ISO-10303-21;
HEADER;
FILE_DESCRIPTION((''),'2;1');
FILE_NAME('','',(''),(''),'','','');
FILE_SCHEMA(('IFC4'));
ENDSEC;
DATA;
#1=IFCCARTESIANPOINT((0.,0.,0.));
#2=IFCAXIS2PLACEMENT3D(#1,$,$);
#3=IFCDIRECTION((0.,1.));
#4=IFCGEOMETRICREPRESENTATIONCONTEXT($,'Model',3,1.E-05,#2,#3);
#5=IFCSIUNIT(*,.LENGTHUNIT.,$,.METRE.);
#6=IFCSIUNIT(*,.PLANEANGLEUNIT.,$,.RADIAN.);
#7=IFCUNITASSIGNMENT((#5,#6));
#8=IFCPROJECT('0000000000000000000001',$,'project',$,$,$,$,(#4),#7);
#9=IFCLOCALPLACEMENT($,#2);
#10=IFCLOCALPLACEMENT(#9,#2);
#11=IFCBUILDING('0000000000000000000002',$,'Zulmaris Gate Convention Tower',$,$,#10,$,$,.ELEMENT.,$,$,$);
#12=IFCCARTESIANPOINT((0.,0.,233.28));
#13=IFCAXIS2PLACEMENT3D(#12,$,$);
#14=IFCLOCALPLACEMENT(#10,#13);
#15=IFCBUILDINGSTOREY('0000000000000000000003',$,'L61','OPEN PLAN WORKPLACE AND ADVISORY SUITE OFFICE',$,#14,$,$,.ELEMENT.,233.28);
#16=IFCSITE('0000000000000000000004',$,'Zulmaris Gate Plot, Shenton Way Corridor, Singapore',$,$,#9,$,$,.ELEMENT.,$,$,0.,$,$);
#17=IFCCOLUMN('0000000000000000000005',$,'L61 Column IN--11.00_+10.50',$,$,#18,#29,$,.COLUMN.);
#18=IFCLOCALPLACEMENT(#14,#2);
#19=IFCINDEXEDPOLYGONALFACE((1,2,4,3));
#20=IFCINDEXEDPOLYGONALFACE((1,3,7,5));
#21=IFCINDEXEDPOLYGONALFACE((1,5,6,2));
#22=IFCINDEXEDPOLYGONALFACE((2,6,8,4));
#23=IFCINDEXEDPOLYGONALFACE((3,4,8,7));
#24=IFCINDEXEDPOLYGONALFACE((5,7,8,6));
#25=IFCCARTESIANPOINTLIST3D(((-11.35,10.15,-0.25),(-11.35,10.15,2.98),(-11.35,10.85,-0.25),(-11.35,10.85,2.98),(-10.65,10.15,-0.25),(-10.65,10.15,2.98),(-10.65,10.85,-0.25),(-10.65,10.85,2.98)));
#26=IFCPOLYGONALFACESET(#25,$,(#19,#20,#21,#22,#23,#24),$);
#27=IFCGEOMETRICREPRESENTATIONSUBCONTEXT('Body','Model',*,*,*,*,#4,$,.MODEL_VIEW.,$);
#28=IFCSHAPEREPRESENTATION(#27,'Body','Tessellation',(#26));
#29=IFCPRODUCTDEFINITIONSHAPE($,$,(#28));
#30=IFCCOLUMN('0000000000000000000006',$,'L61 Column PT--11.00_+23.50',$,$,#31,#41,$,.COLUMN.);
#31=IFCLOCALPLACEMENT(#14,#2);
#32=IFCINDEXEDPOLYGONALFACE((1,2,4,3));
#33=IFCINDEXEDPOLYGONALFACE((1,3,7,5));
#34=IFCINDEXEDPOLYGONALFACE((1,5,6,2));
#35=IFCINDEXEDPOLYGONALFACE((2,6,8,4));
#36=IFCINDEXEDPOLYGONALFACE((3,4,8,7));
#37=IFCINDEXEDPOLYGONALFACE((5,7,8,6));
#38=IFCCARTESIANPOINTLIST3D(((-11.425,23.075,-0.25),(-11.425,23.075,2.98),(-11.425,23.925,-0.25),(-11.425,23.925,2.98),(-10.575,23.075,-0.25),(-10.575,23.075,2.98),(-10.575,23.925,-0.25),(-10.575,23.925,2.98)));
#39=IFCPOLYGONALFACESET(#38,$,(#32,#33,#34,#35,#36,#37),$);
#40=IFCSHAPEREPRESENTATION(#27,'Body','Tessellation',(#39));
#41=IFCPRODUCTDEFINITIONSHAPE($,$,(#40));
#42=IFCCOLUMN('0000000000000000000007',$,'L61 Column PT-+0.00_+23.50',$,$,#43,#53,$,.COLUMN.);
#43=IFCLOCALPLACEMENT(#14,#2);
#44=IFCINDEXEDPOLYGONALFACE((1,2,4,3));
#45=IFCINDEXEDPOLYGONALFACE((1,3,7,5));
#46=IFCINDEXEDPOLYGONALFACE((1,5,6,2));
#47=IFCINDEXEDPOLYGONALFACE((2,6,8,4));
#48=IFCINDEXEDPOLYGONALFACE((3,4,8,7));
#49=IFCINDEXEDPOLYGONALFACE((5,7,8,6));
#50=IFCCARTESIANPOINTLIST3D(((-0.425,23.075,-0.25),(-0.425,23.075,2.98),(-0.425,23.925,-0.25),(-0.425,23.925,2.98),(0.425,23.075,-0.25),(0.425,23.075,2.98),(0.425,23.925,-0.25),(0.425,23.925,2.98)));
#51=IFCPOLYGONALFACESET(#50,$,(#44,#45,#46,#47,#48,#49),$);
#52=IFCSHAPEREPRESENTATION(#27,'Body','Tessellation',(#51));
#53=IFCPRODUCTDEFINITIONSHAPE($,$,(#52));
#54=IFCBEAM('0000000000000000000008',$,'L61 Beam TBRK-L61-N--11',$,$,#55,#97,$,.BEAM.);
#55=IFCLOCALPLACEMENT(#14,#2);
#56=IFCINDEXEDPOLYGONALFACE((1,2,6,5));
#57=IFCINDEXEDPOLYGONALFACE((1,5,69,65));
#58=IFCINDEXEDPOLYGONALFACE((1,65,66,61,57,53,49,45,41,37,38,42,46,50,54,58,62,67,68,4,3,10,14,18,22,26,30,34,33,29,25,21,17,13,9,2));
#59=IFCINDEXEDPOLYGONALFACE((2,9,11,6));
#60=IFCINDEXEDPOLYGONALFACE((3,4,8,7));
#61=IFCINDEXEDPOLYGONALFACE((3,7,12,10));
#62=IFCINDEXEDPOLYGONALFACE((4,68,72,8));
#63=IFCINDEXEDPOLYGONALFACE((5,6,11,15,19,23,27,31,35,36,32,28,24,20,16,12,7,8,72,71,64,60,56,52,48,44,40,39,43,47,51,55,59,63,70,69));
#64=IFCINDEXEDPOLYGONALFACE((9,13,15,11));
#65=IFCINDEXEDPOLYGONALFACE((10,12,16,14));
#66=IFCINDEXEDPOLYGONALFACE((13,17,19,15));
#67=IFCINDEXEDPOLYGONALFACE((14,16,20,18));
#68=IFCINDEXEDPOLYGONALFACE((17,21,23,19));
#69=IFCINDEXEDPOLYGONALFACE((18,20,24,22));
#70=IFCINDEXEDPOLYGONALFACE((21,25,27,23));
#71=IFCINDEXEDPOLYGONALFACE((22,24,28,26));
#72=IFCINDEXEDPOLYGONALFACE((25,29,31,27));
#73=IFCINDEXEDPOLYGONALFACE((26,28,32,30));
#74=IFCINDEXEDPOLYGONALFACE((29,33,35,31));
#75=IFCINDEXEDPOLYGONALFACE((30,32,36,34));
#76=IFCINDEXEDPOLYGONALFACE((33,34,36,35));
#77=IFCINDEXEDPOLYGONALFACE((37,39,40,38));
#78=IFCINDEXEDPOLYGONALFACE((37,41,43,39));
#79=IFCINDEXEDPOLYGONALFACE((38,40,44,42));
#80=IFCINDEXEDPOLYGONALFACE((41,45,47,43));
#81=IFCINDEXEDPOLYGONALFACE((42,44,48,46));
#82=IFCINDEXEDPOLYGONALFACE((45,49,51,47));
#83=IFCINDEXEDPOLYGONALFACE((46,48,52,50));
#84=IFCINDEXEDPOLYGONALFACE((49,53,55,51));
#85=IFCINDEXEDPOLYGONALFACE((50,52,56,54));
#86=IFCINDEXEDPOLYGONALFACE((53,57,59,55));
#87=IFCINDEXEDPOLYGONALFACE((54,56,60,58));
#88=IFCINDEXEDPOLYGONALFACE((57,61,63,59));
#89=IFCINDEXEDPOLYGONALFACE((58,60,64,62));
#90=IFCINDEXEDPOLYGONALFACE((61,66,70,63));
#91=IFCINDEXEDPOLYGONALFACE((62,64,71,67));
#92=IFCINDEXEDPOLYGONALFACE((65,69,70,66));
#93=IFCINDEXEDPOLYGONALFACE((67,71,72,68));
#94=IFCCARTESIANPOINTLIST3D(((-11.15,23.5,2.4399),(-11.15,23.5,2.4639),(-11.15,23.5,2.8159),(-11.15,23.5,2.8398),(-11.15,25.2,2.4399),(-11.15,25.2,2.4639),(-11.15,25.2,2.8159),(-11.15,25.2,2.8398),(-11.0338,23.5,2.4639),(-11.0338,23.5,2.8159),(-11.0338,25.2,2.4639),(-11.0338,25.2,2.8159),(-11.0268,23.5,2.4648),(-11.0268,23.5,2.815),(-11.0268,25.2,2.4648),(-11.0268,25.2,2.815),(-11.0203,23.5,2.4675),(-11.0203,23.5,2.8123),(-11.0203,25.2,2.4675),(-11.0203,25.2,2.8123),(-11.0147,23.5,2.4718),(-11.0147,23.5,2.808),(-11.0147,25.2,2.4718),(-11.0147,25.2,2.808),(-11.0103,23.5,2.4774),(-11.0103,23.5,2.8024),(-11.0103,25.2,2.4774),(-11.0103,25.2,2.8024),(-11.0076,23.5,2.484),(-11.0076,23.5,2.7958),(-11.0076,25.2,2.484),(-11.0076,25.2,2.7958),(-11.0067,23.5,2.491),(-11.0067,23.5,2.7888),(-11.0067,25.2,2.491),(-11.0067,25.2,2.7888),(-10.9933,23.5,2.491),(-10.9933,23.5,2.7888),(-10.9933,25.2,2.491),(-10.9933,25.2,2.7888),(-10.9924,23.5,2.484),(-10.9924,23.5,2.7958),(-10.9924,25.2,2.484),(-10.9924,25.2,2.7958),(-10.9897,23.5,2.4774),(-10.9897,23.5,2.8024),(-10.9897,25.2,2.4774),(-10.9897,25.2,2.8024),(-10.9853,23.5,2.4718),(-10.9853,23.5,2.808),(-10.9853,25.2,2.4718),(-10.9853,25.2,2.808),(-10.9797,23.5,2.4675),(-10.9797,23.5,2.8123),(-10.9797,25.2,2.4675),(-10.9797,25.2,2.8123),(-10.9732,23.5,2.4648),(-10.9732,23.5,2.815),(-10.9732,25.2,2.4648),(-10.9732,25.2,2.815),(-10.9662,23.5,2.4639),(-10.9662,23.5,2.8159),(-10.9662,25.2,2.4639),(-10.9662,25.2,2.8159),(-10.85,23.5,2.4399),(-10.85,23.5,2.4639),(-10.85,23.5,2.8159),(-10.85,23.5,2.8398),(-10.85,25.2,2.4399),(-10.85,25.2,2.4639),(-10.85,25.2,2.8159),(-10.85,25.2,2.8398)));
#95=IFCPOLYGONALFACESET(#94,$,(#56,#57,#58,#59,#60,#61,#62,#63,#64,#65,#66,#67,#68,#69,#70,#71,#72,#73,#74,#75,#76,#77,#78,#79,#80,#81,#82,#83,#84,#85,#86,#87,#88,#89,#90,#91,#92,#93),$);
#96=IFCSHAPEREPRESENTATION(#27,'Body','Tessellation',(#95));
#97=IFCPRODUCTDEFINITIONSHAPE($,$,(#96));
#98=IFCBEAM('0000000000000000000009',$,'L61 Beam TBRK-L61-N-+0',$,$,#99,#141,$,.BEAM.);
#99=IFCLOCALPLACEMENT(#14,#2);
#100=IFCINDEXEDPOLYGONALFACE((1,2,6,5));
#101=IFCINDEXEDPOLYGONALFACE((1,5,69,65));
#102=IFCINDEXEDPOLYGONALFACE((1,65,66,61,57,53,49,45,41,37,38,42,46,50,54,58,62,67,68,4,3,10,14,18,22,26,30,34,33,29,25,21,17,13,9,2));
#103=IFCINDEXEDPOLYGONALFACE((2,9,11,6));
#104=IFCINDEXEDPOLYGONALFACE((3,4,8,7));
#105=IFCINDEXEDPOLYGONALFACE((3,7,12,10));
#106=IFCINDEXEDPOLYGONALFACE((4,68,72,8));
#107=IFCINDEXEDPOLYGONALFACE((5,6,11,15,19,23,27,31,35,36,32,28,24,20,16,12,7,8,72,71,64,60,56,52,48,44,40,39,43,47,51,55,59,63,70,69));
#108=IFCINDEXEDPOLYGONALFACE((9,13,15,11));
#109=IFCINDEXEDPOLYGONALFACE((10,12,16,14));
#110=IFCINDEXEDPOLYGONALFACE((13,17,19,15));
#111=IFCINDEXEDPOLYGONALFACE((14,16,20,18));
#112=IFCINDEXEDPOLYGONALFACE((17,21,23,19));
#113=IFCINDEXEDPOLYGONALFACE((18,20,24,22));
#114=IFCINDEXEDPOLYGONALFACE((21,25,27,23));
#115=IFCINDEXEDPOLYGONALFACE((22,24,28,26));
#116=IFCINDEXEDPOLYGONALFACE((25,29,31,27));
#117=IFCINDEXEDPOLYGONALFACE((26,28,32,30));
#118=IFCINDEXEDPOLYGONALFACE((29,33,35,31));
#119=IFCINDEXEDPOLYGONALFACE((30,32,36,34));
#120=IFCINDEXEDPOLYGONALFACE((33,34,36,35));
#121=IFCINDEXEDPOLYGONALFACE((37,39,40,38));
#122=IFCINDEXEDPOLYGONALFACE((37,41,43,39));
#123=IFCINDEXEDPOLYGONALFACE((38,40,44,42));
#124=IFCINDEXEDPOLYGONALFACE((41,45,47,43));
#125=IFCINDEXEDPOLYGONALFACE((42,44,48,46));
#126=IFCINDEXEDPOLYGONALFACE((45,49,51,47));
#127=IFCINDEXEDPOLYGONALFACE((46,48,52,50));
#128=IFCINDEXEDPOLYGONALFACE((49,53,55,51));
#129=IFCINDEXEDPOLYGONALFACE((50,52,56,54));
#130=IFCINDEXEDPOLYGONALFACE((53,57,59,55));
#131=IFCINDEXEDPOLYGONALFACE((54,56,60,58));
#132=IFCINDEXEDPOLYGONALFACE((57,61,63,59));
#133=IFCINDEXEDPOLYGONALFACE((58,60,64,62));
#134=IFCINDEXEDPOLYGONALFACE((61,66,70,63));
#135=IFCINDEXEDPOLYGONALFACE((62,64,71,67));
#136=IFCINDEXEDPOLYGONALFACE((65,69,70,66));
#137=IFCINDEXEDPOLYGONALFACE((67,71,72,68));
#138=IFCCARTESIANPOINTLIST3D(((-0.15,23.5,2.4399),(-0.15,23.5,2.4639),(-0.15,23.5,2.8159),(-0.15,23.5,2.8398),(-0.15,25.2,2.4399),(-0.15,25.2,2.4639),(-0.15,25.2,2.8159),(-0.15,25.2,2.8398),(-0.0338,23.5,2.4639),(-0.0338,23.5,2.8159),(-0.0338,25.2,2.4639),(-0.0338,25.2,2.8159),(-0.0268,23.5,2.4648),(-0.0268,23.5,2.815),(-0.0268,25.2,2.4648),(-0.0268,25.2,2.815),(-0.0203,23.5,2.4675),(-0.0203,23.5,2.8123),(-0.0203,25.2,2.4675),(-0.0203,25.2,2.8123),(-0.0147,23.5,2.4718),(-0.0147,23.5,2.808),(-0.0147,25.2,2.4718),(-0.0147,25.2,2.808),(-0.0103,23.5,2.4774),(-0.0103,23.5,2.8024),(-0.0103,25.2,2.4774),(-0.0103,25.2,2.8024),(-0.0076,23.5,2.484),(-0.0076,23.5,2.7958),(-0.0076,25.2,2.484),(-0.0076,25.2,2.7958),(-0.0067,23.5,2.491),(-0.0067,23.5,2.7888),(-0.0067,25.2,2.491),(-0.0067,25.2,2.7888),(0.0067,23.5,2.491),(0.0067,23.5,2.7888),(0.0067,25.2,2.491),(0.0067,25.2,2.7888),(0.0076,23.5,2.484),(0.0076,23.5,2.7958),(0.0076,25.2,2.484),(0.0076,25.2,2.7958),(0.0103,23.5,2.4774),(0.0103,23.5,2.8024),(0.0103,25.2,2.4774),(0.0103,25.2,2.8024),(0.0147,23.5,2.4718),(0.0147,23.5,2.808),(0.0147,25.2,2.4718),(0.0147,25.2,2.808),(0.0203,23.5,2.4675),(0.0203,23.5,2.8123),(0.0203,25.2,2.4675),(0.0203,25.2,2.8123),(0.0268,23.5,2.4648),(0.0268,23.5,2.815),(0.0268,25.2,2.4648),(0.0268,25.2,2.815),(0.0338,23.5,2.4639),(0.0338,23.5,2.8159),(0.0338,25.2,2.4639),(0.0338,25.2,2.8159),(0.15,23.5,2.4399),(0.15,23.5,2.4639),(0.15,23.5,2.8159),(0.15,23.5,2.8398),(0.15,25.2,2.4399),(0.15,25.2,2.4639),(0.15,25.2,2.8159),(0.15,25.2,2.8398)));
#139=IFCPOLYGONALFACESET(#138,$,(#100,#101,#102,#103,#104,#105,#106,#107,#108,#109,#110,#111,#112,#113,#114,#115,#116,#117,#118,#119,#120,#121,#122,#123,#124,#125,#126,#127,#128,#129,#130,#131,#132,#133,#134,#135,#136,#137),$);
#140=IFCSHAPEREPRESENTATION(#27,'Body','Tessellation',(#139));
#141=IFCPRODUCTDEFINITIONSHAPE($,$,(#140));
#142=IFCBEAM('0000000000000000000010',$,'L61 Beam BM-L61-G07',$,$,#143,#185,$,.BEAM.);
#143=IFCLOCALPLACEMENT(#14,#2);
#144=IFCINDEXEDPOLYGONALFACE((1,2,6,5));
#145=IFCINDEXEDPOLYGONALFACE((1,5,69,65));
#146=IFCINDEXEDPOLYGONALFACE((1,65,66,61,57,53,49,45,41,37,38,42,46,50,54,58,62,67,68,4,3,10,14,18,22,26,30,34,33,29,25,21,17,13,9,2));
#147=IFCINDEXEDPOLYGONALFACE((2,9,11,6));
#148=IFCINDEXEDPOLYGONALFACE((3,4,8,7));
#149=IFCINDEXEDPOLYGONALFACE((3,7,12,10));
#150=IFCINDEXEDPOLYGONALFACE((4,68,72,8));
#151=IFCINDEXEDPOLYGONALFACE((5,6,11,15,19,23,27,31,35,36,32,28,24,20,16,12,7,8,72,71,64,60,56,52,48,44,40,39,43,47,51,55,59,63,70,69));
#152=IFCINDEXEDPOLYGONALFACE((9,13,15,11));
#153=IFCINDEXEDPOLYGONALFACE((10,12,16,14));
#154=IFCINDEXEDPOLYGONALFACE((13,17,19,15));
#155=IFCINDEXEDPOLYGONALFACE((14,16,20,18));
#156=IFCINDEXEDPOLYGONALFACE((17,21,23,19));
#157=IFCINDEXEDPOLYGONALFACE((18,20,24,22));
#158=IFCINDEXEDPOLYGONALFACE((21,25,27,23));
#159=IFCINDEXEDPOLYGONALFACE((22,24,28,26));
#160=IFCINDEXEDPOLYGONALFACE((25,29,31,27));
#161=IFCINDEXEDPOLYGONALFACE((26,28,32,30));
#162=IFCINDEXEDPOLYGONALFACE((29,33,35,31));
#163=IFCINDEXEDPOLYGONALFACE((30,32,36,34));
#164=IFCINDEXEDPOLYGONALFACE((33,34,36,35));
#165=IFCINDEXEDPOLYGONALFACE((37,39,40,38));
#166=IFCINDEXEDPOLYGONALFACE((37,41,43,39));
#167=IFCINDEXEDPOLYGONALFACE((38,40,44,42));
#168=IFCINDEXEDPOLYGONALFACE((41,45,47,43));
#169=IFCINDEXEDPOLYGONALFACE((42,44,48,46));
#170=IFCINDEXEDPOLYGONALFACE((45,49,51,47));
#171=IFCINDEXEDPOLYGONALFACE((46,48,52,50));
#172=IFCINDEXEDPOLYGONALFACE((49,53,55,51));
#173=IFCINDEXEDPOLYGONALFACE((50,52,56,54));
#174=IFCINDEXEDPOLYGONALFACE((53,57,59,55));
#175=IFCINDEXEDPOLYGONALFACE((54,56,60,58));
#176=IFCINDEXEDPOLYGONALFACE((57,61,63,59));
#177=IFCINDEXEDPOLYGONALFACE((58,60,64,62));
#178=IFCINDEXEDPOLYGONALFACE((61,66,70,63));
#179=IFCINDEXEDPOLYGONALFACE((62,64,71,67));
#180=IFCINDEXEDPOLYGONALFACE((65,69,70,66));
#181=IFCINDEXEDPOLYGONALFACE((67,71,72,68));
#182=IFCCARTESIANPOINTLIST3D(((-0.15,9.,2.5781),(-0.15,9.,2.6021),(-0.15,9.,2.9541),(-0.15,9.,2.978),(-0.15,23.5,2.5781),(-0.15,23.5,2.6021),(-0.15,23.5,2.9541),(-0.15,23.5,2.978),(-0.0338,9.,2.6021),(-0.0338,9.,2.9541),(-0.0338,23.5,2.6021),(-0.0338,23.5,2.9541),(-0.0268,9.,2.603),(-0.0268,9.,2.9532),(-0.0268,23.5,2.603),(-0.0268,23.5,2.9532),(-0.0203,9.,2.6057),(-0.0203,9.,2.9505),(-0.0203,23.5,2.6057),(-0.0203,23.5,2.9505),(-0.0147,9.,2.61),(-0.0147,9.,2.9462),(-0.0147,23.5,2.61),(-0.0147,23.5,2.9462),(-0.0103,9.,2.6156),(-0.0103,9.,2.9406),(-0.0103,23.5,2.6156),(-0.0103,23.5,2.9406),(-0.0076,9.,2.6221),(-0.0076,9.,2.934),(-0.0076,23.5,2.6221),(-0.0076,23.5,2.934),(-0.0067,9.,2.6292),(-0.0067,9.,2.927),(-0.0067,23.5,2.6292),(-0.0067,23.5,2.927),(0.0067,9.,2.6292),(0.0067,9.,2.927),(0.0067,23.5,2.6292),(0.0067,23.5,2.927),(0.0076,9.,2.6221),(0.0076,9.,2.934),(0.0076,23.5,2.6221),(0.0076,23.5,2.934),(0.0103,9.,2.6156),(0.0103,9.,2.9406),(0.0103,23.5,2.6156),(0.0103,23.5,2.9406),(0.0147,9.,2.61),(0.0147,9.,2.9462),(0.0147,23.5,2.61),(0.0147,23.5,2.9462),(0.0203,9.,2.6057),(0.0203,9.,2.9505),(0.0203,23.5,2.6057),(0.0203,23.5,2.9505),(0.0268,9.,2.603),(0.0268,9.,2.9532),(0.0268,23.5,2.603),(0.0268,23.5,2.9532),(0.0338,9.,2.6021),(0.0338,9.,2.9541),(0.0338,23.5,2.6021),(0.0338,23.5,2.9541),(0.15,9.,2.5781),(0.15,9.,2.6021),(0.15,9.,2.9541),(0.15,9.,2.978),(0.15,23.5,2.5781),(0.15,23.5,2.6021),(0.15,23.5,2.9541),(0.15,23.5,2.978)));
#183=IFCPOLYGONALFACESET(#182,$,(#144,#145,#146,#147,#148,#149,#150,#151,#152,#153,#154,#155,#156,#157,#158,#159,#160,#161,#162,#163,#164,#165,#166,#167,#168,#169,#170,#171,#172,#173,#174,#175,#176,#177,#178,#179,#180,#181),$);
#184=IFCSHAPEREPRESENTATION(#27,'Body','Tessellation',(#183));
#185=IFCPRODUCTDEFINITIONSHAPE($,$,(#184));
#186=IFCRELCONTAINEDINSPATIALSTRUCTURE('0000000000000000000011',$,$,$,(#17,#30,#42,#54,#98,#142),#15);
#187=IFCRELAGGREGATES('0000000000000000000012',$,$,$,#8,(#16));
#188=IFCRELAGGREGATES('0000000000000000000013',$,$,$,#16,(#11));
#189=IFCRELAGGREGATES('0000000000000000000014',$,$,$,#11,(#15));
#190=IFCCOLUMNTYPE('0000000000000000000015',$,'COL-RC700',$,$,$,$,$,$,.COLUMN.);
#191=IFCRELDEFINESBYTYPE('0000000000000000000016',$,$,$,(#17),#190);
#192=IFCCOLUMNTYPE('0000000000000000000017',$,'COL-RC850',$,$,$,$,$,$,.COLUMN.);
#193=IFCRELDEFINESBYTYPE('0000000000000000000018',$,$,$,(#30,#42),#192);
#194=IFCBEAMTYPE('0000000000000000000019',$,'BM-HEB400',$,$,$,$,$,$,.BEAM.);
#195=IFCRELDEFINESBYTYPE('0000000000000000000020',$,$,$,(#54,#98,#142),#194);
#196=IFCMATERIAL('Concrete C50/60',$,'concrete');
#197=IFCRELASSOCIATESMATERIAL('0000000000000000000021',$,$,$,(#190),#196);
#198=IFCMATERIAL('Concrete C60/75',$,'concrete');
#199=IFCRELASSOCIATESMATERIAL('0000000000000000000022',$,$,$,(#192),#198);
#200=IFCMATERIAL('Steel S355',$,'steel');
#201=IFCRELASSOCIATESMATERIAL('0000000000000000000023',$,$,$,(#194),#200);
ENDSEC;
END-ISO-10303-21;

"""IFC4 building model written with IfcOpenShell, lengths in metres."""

from ifc_helpers import new_model, si_unit, direction, frame, origin, origin_2d, place, context, subcontext, project, spatial, rectangle, i_section, extrude, material, material_profile, profile_set, type_object, element, save


model = new_model("IFC4")

# Units and contexts
model_context = context("Model", 3, precision=1e-05, world=origin(), true_north=direction((0.0, 1.0)))
body_context = subcontext(model_context, "Body", "Model", "MODEL_VIEW")
ifc_project = project(units=[si_unit("LENGTHUNIT", "METRE"), si_unit("PLANEANGLEUNIT", "RADIAN")], contexts=[model_context])

# Site, building, storey
site_placement = place(None, origin())
site = spatial("IfcSite", under=ifc_project, at=site_placement, Name="Zulmaris Gate Plot, Shenton Way Corridor, Singapore", CompositionType="ELEMENT", RefElevation=0.0)
building_placement = place(site_placement, origin())
building = spatial("IfcBuilding", under=site, at=building_placement, Name="Zulmaris Gate Convention Tower", CompositionType="ELEMENT")
storey_placement = place(building_placement, frame((0.0, 0.0, 233.28)))
storey = spatial("IfcBuildingStorey", under=building, at=storey_placement, Name="L61", Description="OPEN PLAN WORKPLACE AND ADVISORY SUITE OFFICE", CompositionType="ELEMENT", Elevation=233.28)

# Columns
ifc_material_1 = material(Name="Concrete C50/60", Category="concrete")
ifc_material_profile_1 = material_profile(ifc_material_1, rectangle(XDim=0.7, YDim=0.7, at=origin_2d()), Name="RC COL 700x700")
ifc_profile_set_1 = profile_set([ifc_material_profile_1], Name="Concrete C50/60")
column_type_1 = type_object("IfcColumnType", Name="COL-RC700", PredefinedType="COLUMN", material=ifc_profile_set_1)
column_placement = place(storey_placement, frame((-11.0, 10.5, -0.25), z_axis=(0.0, 0.0, 1.0), x_axis=(1.0, 0.0, 0.0)))
element("IfcColumn", 1, at=column_placement, inside=storey, type_object=column_type_1, Name="L61 Column IN--11.00_+10.50", PredefinedType="COLUMN", context=body_context, shape_type="SweptSolid", body=[
    extrude(rectangle(XDim=0.7, YDim=0.7, at=origin_2d()), origin(), (0.0, 0.0, 1.0), 3.23),
])
ifc_material_2 = material(Name="Concrete C60/75", Category="concrete")
ifc_material_profile_2 = material_profile(ifc_material_2, rectangle(XDim=0.8501, YDim=0.8501, at=origin_2d()), Name="RC COL 850x850")
ifc_profile_set_2 = profile_set([ifc_material_profile_2], Name="Concrete C60/75")
column_type_2 = type_object("IfcColumnType", Name="COL-RC850", PredefinedType="COLUMN", material=ifc_profile_set_2)
for number, where, z_axis, x_axis, name in (
    (2, (-11.0, 23.5, -0.25), (0.0, 0.0, 1.0), (1.0, 0.0, 0.0), "L61 Column PT--11.00_+23.50"),
    (3, (0.0, 23.5, -0.25), (0.0, 0.0, 1.0), (1.0, 0.0, 0.0), "L61 Column PT-+0.00_+23.50"),
):
    element("IfcColumn", number, at=place(storey_placement, frame(where, z_axis=z_axis, x_axis=x_axis)), inside=storey, type_object=column_type_2, Name=name, PredefinedType="COLUMN", context=body_context, shape_type="SweptSolid", body=[
        extrude(rectangle(XDim=0.8501, YDim=0.8501, at=origin_2d()), origin(), (0.0, 0.0, 1.0), 3.23),
    ])

# Beams
ifc_material_3 = material(Name="Steel S355", Category="steel")
ifc_material_profile_3 = material_profile(ifc_material_3, i_section(OverallWidth=0.3, OverallDepth=0.3999, WebThickness=0.0134, FlangeThickness=0.0239, FilletRadius=0.0271, at=origin_2d()), Name="HEB 400")
ifc_profile_set_3 = profile_set([ifc_material_profile_3], Name="Steel S355")
beam_type_1 = type_object("IfcBeamType", Name="BM-HEB400", PredefinedType="BEAM", material=ifc_profile_set_3)
for number, where, z_axis, x_axis, name in (
    (4, (-11.0, 23.5, 2.6399), (0.0, 1.0, 0.0), (-1.0, 0.0, 0.0), "L61 Beam TBRK-L61-N--11"),
    (5, (0.0, 23.5, 2.6399), (0.0, 1.0, 0.0), (-1.0, 0.0, 0.0), "L61 Beam TBRK-L61-N-+0"),
):
    element("IfcBeam", number, at=place(storey_placement, frame(where, z_axis=z_axis, x_axis=x_axis)), inside=storey, type_object=beam_type_1, Name=name, PredefinedType="BEAM", context=body_context, shape_type="SweptSolid", body=[
        extrude(i_section(OverallWidth=0.3, OverallDepth=0.3999, WebThickness=0.0134, FlangeThickness=0.0239, FilletRadius=0.0271, at=origin_2d()), origin(), (0.0, 0.0, 1.0), 1.7),
    ])
beam_1_placement = place(storey_placement, frame((0.0, 9.0, 2.7781), z_axis=(0.0, 1.0, 0.0), x_axis=(-1.0, 0.0, 0.0)))
element("IfcBeam", 6, at=beam_1_placement, inside=storey, type_object=beam_type_1, Name="L61 Beam BM-L61-G07", PredefinedType="BEAM", context=body_context, shape_type="SweptSolid", body=[
    extrude(i_section(OverallWidth=0.3, OverallDepth=0.3999, WebThickness=0.0134, FlangeThickness=0.0239, FilletRadius=0.0271, at=origin_2d()), origin(), (0.0, 0.0, 1.0), 14.5),
])

save(model, "model.ifc")
